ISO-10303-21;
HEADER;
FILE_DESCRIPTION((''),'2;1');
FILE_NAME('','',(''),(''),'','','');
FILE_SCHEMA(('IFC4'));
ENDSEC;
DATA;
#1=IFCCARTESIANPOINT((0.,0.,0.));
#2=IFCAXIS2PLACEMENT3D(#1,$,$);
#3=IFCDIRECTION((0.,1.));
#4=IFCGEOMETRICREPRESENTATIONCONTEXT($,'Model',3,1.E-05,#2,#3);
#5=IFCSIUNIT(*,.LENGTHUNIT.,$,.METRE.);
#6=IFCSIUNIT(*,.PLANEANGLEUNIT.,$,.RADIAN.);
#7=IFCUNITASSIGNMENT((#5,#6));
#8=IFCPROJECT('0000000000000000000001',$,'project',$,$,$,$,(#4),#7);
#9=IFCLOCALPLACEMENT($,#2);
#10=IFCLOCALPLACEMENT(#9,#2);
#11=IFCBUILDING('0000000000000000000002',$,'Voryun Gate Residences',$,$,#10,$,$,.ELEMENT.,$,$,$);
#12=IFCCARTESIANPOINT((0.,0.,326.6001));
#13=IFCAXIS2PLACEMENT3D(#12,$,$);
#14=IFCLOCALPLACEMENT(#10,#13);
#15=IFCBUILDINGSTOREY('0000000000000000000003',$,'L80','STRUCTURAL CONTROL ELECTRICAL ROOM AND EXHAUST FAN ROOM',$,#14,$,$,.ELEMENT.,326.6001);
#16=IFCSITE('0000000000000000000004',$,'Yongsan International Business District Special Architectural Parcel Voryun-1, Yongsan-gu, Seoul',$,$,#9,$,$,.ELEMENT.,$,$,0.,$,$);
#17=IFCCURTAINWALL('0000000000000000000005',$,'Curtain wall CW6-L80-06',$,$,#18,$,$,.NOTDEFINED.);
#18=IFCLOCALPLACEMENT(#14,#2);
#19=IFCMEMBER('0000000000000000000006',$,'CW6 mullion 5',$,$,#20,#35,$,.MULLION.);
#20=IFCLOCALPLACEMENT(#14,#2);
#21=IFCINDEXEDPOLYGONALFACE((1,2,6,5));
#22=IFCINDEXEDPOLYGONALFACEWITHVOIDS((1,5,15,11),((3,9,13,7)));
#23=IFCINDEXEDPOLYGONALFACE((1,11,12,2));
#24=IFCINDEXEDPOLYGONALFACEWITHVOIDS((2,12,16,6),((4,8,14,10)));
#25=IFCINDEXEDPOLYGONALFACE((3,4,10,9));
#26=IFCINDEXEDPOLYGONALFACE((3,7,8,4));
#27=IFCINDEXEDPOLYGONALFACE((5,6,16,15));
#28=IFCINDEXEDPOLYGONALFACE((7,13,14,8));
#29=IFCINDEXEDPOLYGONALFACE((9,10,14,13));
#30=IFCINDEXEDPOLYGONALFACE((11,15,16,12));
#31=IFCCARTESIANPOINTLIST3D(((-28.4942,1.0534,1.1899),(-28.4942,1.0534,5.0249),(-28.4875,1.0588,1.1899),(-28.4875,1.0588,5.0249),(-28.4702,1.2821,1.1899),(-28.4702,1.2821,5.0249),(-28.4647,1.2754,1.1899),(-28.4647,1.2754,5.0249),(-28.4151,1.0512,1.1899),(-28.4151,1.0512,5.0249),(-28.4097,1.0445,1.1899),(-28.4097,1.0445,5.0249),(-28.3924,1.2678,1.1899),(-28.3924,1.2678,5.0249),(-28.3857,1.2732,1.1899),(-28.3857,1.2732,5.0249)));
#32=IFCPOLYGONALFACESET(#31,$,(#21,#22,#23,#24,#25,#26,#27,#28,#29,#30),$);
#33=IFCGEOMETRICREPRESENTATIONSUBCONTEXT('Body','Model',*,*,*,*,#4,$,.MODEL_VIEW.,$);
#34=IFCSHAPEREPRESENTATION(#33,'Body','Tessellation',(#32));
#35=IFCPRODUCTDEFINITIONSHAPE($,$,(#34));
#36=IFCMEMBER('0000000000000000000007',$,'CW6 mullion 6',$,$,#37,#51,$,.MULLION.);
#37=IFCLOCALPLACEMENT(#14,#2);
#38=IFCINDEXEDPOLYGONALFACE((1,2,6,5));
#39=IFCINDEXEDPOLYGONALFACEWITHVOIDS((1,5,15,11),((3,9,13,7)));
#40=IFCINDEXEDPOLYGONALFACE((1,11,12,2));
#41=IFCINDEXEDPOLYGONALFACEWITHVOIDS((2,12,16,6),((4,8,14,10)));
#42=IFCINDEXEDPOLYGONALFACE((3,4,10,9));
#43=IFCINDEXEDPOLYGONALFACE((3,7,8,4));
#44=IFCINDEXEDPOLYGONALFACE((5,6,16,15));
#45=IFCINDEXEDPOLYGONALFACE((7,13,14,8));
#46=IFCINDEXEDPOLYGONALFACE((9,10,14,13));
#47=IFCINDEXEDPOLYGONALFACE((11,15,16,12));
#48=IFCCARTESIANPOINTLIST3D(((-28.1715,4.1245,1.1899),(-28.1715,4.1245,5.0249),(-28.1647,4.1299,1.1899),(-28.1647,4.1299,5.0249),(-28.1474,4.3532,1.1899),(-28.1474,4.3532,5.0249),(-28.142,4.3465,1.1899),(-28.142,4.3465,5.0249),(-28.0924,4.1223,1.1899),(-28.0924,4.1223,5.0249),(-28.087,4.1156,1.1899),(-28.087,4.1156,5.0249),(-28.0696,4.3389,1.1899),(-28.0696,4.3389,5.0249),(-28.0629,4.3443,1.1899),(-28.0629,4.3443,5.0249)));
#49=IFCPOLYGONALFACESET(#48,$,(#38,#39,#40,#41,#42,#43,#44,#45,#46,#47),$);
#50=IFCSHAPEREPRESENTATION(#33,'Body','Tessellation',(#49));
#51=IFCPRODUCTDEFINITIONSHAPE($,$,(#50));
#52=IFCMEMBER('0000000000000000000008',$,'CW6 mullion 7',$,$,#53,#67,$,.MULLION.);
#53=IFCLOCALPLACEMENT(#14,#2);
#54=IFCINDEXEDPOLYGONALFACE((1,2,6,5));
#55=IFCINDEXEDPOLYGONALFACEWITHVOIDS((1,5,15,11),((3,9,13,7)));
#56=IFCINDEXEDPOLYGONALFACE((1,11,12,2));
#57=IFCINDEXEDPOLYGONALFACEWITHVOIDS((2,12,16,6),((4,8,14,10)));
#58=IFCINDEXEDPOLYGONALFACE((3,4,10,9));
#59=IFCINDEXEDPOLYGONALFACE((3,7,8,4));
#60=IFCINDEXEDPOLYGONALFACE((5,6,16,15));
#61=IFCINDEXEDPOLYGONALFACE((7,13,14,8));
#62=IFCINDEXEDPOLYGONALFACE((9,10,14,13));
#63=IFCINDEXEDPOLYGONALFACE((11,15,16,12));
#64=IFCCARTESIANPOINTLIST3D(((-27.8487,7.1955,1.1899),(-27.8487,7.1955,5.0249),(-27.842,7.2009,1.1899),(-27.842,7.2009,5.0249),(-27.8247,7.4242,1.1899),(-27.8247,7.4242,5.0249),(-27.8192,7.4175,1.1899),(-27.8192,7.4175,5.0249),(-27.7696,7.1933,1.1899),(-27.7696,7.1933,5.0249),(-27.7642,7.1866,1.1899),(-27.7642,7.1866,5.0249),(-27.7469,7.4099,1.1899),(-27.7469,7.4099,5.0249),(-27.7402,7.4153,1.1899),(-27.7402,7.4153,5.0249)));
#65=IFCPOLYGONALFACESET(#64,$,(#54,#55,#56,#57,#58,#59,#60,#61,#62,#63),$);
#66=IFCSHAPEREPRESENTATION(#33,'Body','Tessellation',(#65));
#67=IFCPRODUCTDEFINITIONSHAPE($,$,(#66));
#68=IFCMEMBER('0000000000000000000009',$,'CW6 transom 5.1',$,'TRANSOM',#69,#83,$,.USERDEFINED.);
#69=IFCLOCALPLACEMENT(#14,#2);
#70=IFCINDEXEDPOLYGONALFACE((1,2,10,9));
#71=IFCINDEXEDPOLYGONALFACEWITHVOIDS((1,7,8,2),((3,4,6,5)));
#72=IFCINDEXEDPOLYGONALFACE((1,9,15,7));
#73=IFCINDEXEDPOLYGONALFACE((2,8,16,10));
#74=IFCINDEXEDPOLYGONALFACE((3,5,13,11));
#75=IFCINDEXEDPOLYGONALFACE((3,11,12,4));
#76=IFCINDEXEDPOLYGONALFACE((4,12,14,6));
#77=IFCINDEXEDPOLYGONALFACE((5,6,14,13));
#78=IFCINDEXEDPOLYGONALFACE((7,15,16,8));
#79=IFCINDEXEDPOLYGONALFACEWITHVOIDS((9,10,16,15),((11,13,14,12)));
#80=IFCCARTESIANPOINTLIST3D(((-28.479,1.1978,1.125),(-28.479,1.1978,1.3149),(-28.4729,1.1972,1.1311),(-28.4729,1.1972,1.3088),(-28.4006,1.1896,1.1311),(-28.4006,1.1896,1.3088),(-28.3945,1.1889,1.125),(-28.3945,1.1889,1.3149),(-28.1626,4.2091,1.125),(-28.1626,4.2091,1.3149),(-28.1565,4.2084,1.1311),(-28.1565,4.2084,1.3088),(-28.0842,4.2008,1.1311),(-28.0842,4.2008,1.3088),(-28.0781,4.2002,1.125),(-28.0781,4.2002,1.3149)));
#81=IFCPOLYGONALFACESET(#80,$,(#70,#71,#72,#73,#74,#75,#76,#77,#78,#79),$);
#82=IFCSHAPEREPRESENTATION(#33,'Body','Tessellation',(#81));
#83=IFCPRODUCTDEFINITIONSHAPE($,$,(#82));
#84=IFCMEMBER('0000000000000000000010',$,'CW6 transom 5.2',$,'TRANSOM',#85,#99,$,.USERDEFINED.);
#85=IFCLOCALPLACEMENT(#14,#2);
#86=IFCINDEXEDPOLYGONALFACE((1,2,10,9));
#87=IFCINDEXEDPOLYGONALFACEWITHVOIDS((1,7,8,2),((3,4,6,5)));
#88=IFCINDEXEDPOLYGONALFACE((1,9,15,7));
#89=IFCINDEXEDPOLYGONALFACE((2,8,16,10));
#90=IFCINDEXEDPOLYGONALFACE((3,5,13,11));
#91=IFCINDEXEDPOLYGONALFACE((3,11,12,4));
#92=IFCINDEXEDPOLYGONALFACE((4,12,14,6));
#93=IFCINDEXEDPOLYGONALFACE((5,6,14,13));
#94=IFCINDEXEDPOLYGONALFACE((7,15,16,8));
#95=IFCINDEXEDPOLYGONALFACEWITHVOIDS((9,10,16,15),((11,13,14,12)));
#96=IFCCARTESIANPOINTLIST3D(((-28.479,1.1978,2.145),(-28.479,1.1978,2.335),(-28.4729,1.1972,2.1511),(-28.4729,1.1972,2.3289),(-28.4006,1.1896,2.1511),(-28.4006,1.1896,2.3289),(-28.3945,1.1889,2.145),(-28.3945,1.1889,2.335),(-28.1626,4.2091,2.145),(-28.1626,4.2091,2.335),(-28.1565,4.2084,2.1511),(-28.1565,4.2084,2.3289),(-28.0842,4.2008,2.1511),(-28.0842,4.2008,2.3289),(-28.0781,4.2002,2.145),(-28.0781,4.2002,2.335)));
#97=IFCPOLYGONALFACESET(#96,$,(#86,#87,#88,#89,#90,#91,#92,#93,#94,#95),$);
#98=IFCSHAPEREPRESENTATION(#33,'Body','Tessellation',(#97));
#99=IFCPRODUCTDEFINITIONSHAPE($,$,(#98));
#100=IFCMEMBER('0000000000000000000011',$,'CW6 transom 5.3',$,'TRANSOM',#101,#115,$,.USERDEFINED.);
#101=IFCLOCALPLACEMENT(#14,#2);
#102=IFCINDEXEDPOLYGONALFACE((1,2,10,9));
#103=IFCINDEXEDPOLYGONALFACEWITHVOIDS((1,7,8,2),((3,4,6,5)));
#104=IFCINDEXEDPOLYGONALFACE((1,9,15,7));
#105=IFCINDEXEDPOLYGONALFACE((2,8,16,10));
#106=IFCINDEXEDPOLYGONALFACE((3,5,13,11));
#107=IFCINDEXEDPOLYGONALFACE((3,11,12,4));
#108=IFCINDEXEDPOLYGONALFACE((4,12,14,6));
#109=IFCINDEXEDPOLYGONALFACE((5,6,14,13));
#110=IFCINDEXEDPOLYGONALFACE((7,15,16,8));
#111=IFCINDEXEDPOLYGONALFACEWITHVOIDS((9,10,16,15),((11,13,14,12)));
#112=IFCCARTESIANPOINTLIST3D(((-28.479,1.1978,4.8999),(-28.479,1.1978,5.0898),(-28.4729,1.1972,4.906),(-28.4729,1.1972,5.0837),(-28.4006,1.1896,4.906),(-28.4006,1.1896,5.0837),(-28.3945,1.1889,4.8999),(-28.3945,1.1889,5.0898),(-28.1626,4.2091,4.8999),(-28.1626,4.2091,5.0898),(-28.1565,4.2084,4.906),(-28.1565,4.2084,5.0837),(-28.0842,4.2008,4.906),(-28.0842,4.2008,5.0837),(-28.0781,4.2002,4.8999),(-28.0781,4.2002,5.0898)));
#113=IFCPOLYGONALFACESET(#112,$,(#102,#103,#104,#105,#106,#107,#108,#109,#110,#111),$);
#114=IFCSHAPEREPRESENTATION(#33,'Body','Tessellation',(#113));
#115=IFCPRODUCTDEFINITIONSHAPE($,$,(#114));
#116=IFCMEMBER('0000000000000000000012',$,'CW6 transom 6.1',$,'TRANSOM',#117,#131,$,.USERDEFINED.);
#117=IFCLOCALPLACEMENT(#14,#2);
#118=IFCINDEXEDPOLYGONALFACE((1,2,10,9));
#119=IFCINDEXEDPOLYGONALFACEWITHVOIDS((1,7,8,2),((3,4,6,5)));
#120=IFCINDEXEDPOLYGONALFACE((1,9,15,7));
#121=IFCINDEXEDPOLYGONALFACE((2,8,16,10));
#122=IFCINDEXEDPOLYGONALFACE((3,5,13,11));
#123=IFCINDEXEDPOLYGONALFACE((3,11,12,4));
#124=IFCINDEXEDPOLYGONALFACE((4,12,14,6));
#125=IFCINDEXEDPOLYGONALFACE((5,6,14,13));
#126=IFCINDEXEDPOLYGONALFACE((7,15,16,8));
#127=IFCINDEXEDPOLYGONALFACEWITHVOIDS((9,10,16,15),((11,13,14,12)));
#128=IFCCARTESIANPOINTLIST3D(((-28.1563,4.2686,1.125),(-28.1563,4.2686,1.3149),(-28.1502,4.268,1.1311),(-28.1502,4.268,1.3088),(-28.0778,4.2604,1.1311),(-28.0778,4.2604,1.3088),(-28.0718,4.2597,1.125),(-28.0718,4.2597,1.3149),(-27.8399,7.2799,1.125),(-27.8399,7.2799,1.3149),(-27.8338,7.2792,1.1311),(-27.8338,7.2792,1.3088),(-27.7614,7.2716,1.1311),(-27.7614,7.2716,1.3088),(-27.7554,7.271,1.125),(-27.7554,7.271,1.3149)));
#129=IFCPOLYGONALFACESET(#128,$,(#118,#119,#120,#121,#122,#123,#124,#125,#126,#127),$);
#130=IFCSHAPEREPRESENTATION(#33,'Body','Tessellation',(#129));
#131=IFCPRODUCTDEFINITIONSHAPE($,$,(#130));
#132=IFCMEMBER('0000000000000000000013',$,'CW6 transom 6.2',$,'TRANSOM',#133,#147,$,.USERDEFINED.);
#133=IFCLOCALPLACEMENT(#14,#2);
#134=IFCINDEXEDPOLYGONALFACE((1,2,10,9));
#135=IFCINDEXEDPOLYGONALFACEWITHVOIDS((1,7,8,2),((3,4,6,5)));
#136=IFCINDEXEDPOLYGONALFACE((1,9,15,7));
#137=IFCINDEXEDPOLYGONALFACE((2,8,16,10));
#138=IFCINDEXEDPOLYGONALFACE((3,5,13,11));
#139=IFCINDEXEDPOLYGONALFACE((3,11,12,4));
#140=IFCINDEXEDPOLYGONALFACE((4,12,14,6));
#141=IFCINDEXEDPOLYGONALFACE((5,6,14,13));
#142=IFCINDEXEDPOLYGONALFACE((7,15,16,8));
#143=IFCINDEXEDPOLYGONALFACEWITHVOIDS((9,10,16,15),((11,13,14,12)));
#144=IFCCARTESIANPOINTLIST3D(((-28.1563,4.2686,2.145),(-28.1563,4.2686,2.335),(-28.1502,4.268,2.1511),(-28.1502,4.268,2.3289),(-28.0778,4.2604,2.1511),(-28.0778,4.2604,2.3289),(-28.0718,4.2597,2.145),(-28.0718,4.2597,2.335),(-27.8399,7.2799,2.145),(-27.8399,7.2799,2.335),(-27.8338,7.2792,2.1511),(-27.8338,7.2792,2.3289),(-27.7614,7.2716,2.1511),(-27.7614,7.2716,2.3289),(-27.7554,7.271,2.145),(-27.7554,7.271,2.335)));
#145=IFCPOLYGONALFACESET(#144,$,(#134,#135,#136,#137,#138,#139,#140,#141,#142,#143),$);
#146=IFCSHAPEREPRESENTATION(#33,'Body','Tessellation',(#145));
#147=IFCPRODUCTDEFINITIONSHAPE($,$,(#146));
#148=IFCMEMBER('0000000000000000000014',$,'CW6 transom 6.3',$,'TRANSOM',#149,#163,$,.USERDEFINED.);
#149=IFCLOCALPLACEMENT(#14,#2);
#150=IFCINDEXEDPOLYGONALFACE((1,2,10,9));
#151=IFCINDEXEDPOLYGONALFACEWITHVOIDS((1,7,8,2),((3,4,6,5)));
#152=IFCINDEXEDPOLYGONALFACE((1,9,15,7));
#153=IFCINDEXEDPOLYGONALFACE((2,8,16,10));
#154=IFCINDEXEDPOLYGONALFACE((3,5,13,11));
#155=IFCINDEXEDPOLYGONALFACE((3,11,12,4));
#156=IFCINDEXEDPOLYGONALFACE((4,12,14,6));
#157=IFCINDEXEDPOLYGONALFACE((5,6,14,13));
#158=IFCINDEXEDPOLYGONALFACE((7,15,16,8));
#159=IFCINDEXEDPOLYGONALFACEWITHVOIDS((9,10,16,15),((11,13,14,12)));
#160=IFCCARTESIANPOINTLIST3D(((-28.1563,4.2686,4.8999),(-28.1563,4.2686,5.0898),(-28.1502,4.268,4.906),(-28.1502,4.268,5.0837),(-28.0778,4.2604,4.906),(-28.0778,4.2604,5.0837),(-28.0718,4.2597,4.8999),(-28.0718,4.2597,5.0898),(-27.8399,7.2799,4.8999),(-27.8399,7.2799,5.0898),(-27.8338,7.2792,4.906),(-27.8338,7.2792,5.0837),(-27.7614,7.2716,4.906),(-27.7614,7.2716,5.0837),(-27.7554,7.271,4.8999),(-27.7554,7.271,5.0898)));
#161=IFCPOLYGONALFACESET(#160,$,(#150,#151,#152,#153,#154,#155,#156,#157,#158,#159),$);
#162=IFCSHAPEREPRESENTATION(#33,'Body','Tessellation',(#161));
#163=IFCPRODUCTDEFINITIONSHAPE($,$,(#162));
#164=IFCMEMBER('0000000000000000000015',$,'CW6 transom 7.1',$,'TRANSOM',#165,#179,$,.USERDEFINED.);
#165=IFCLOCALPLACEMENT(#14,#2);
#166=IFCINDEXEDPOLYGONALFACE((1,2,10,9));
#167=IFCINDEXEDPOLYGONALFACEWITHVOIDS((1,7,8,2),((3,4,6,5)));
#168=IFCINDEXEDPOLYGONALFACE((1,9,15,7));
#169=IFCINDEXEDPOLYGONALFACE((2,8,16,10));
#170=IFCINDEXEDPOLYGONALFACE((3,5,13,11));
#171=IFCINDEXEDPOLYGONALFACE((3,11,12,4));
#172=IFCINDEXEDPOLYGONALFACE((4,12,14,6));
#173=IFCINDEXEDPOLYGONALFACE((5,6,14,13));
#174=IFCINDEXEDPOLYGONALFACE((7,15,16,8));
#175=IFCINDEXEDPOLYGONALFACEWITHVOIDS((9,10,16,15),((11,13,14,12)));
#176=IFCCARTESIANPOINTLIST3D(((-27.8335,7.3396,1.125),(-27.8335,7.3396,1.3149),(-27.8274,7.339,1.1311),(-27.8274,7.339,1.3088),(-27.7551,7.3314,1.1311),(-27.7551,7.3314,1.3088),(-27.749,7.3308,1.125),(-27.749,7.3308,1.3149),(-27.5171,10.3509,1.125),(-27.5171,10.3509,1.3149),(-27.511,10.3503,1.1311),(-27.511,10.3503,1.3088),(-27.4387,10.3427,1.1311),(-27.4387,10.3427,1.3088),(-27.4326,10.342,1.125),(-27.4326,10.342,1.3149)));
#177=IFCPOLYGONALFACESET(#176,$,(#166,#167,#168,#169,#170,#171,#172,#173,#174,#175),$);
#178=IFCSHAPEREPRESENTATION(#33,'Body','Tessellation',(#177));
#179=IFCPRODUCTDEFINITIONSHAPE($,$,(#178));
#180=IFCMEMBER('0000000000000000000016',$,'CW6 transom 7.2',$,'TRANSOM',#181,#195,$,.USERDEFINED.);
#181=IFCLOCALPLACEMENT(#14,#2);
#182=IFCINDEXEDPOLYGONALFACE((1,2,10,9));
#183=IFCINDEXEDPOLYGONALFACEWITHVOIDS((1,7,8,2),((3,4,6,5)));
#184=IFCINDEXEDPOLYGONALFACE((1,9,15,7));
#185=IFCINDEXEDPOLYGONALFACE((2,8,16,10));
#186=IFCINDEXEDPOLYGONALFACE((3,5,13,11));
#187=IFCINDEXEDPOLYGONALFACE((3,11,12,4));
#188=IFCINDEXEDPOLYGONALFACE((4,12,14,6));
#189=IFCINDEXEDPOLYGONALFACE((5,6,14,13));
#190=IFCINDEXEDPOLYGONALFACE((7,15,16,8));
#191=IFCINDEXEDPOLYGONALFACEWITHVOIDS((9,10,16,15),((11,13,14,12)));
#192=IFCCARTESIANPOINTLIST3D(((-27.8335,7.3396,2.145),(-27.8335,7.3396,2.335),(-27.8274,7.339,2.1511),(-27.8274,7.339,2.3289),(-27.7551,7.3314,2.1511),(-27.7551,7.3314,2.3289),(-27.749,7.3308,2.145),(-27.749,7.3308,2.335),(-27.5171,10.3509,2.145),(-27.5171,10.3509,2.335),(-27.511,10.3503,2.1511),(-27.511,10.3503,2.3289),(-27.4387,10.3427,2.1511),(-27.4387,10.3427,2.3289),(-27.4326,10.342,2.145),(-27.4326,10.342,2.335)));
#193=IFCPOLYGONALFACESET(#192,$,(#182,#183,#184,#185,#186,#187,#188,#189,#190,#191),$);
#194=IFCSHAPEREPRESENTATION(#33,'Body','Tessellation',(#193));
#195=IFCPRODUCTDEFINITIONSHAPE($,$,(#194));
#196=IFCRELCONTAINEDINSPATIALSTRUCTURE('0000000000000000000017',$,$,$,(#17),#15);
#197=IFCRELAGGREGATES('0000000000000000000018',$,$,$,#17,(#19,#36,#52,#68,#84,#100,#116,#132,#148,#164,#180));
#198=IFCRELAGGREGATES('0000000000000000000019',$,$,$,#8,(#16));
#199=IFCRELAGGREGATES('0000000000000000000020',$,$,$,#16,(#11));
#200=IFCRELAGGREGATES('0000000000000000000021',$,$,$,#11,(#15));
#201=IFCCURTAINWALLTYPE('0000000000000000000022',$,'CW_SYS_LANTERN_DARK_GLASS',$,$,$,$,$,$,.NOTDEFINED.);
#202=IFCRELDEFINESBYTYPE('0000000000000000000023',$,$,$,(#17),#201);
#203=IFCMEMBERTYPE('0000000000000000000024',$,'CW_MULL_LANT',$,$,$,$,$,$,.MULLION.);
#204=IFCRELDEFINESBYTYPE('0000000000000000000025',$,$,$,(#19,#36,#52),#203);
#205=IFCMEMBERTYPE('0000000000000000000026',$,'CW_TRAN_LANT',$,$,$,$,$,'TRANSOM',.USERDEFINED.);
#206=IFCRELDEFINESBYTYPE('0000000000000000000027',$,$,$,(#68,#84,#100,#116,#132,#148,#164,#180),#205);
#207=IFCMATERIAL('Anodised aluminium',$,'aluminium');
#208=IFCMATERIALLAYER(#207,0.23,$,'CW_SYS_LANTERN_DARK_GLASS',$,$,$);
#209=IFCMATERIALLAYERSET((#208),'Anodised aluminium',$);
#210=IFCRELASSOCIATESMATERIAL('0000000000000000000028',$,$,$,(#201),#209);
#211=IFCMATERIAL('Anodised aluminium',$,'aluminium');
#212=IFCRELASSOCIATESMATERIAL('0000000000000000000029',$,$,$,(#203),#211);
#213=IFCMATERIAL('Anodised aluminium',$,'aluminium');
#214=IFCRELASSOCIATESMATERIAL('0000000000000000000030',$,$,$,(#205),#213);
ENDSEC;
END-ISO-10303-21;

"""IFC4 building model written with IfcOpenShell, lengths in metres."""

from ifc_helpers import new_model, si_unit, direction, frame, origin, origin_2d, place, context, subcontext, project, spatial, hollow_rectangle, extrude, material, layer, layer_set, material_profile, profile_set, type_object, element, aggregate, save


model = new_model("IFC4")

# Units and contexts
model_context = context("Model", 3, precision=1e-05, world=origin(), true_north=direction((0.0, 1.0)))
body_context = subcontext(model_context, "Body", "Model", "MODEL_VIEW")
ifc_project = project(units=[si_unit("LENGTHUNIT", "METRE"), si_unit("PLANEANGLEUNIT", "RADIAN")], contexts=[model_context])

# Site, building, storey
site_placement = place(None, origin())
site = spatial("IfcSite", under=ifc_project, at=site_placement, Name="Yongsan International Business District Special Architectural Parcel Voryun-1, Yongsan-gu, Seoul", CompositionType="ELEMENT", RefElevation=0.0)
building_placement = place(site_placement, origin())
building = spatial("IfcBuilding", under=site, at=building_placement, Name="Voryun Gate Residences", CompositionType="ELEMENT")
storey_placement = place(building_placement, frame((0.0, 0.0, 326.6001)))
storey = spatial("IfcBuildingStorey", under=building, at=storey_placement, Name="L80", Description="STRUCTURAL CONTROL ELECTRICAL ROOM AND EXHAUST FAN ROOM", CompositionType="ELEMENT", Elevation=326.6001)

# Curtain wall, members
ifc_material_1 = material(Name="Anodised aluminium", Category="aluminium")
ifc_layer_1 = layer(ifc_material_1, 0.23, Name="CW_SYS_LANTERN_DARK_GLASS")
ifc_layer_set_1 = layer_set([ifc_layer_1], Name="Anodised aluminium")
curtain_wall_type = type_object("IfcCurtainWallType", Name="CW_SYS_LANTERN_DARK_GLASS", PredefinedType="NOTDEFINED", material=ifc_layer_set_1)
curtain_wall_placement = place(storey_placement, origin())
curtain_wall = element("IfcCurtainWall", 1, at=curtain_wall_placement, inside=storey, type_object=curtain_wall_type, Name="Curtain wall CW6-L80-06", PredefinedType="NOTDEFINED")
ifc_material_2 = material(Name="Anodised aluminium", Category="aluminium")
ifc_material_profile_1 = material_profile(ifc_material_2, hollow_rectangle(XDim=0.085, YDim=0.23, WallThickness=0.0061, at=origin_2d()), Name="ALU-MULL-230x85x6")
ifc_profile_set_1 = profile_set([ifc_material_profile_1], Name="Anodised aluminium")
member_type_1 = type_object("IfcMemberType", Name="CW_MULL_LANT", PredefinedType="MULLION", material=ifc_profile_set_1)
member_1_placement = place(storey_placement, frame((-28.4399, 1.1633, 1.1899), z_axis=(0.0, 0.0, 1.0), x_axis=(-0.994522, 0.104528, 0.0)))
member_1 = element("IfcMember", 2, at=member_1_placement, type_object=member_type_1, Name="CW6 mullion 5", PredefinedType="MULLION", context=body_context, shape_type="SweptSolid", body=[
    extrude(hollow_rectangle(XDim=0.085, YDim=0.23, WallThickness=0.0061, at=origin_2d()), origin(), (0.0, 0.0, 1.0), 3.835),
])
member_2_placement = place(storey_placement, frame((-28.1172, 4.2344, 1.1899), z_axis=(0.0, 0.0, 1.0), x_axis=(-0.994522, 0.104528, 0.0)))
member_2 = element("IfcMember", 3, at=member_2_placement, type_object=member_type_1, Name="CW6 mullion 6", PredefinedType="MULLION", context=body_context, shape_type="SweptSolid", body=[
    extrude(hollow_rectangle(XDim=0.085, YDim=0.23, WallThickness=0.0061, at=origin_2d()), origin(), (0.0, 0.0, 1.0), 3.835),
])
member_3_placement = place(storey_placement, frame((-27.7944, 7.3054, 1.1899), z_axis=(0.0, 0.0, 1.0), x_axis=(-0.994522, 0.104528, 0.0)))
member_3 = element("IfcMember", 4, at=member_3_placement, type_object=member_type_1, Name="CW6 mullion 7", PredefinedType="MULLION", context=body_context, shape_type="SweptSolid", body=[
    extrude(hollow_rectangle(XDim=0.085, YDim=0.23, WallThickness=0.0061, at=origin_2d()), origin(), (0.0, 0.0, 1.0), 3.835),
])
ifc_material_3 = material(Name="Anodised aluminium", Category="aluminium")
ifc_material_profile_2 = material_profile(ifc_material_3, hollow_rectangle(XDim=0.085, YDim=0.1899, WallThickness=0.0061, at=origin_2d()), Name="ALU-TRAN-190x85x6")
ifc_profile_set_2 = profile_set([ifc_material_profile_2], Name="Anodised aluminium")
member_type_2 = type_object("IfcMemberType", Name="CW_TRAN_LANT", ElementType="TRANSOM", PredefinedType="USERDEFINED", material=ifc_profile_set_2)
member_4_placement = place(storey_placement, frame((-28.4368, 1.1934, 1.22), z_axis=(0.1045, 0.994525, 0.0), x_axis=(-0.994525, 0.1045, 0.0)))
member_4 = element("IfcMember", 5, at=member_4_placement, type_object=member_type_2, Name="CW6 transom 5.1", ObjectType="TRANSOM", PredefinedType="USERDEFINED", context=body_context, shape_type="SweptSolid", body=[
    extrude(hollow_rectangle(XDim=0.085, YDim=0.1899, WallThickness=0.0061, at=origin_2d()), origin(), (0.0, 0.0, 1.0), 3.0278),
])
member_5_placement = place(storey_placement, frame((-28.4368, 1.1934, 2.24), z_axis=(0.1045, 0.994525, 0.0), x_axis=(-0.994525, 0.1045, 0.0)))
member_5 = element("IfcMember", 6, at=member_5_placement, type_object=member_type_2, Name="CW6 transom 5.2", ObjectType="TRANSOM", PredefinedType="USERDEFINED", context=body_context, shape_type="SweptSolid", body=[
    extrude(hollow_rectangle(XDim=0.085, YDim=0.1899, WallThickness=0.0061, at=origin_2d()), origin(), (0.0, 0.0, 1.0), 3.0278),
])
member_6_placement = place(storey_placement, frame((-28.4368, 1.1934, 4.9949), z_axis=(0.1045, 0.994525, 0.0), x_axis=(-0.994525, 0.1045, 0.0)))
member_6 = element("IfcMember", 7, at=member_6_placement, type_object=member_type_2, Name="CW6 transom 5.3", ObjectType="TRANSOM", PredefinedType="USERDEFINED", context=body_context, shape_type="SweptSolid", body=[
    extrude(hollow_rectangle(XDim=0.085, YDim=0.1899, WallThickness=0.0061, at=origin_2d()), origin(), (0.0, 0.0, 1.0), 3.0278),
])
member_7_placement = place(storey_placement, frame((-28.114, 4.2642, 1.22), z_axis=(0.1045, 0.994525, 0.0), x_axis=(-0.994525, 0.1045, 0.0)))
member_7 = element("IfcMember", 8, at=member_7_placement, type_object=member_type_2, Name="CW6 transom 6.1", ObjectType="TRANSOM", PredefinedType="USERDEFINED", context=body_context, shape_type="SweptSolid", body=[
    extrude(hollow_rectangle(XDim=0.085, YDim=0.1899, WallThickness=0.0061, at=origin_2d()), origin(), (0.0, 0.0, 1.0), 3.0278),
])
member_8_placement = place(storey_placement, frame((-28.114, 4.2642, 2.24), z_axis=(0.1045, 0.994525, 0.0), x_axis=(-0.994525, 0.1045, 0.0)))
member_8 = element("IfcMember", 9, at=member_8_placement, type_object=member_type_2, Name="CW6 transom 6.2", ObjectType="TRANSOM", PredefinedType="USERDEFINED", context=body_context, shape_type="SweptSolid", body=[
    extrude(hollow_rectangle(XDim=0.085, YDim=0.1899, WallThickness=0.0061, at=origin_2d()), origin(), (0.0, 0.0, 1.0), 3.0278),
])
member_9_placement = place(storey_placement, frame((-28.114, 4.2642, 4.9949), z_axis=(0.1045, 0.994525, 0.0), x_axis=(-0.994525, 0.1045, 0.0)))
member_9 = element("IfcMember", 10, at=member_9_placement, type_object=member_type_2, Name="CW6 transom 6.3", ObjectType="TRANSOM", PredefinedType="USERDEFINED", context=body_context, shape_type="SweptSolid", body=[
    extrude(hollow_rectangle(XDim=0.085, YDim=0.1899, WallThickness=0.0061, at=origin_2d()), origin(), (0.0, 0.0, 1.0), 3.0278),
])
member_10_placement = place(storey_placement, frame((-27.7913, 7.3352, 1.22), z_axis=(0.1045, 0.994525, 0.0), x_axis=(-0.994525, 0.1045, 0.0)))
member_10 = element("IfcMember", 11, at=member_10_placement, type_object=member_type_2, Name="CW6 transom 7.1", ObjectType="TRANSOM", PredefinedType="USERDEFINED", context=body_context, shape_type="SweptSolid", body=[
    extrude(hollow_rectangle(XDim=0.085, YDim=0.1899, WallThickness=0.0061, at=origin_2d()), origin(), (0.0, 0.0, 1.0), 3.0278),
])
member_11_placement = place(storey_placement, frame((-27.7913, 7.3352, 2.24), z_axis=(0.1045, 0.994525, 0.0), x_axis=(-0.994525, 0.1045, 0.0)))
member_11 = element("IfcMember", 12, at=member_11_placement, type_object=member_type_2, Name="CW6 transom 7.2", ObjectType="TRANSOM", PredefinedType="USERDEFINED", context=body_context, shape_type="SweptSolid", body=[
    extrude(hollow_rectangle(XDim=0.085, YDim=0.1899, WallThickness=0.0061, at=origin_2d()), origin(), (0.0, 0.0, 1.0), 3.0278),
])
aggregate(curtain_wall, [member_1, member_2, member_3, member_4, member_5, member_6, member_7, member_8, member_9, member_10, member_11])

save(model, "model.ifc")
